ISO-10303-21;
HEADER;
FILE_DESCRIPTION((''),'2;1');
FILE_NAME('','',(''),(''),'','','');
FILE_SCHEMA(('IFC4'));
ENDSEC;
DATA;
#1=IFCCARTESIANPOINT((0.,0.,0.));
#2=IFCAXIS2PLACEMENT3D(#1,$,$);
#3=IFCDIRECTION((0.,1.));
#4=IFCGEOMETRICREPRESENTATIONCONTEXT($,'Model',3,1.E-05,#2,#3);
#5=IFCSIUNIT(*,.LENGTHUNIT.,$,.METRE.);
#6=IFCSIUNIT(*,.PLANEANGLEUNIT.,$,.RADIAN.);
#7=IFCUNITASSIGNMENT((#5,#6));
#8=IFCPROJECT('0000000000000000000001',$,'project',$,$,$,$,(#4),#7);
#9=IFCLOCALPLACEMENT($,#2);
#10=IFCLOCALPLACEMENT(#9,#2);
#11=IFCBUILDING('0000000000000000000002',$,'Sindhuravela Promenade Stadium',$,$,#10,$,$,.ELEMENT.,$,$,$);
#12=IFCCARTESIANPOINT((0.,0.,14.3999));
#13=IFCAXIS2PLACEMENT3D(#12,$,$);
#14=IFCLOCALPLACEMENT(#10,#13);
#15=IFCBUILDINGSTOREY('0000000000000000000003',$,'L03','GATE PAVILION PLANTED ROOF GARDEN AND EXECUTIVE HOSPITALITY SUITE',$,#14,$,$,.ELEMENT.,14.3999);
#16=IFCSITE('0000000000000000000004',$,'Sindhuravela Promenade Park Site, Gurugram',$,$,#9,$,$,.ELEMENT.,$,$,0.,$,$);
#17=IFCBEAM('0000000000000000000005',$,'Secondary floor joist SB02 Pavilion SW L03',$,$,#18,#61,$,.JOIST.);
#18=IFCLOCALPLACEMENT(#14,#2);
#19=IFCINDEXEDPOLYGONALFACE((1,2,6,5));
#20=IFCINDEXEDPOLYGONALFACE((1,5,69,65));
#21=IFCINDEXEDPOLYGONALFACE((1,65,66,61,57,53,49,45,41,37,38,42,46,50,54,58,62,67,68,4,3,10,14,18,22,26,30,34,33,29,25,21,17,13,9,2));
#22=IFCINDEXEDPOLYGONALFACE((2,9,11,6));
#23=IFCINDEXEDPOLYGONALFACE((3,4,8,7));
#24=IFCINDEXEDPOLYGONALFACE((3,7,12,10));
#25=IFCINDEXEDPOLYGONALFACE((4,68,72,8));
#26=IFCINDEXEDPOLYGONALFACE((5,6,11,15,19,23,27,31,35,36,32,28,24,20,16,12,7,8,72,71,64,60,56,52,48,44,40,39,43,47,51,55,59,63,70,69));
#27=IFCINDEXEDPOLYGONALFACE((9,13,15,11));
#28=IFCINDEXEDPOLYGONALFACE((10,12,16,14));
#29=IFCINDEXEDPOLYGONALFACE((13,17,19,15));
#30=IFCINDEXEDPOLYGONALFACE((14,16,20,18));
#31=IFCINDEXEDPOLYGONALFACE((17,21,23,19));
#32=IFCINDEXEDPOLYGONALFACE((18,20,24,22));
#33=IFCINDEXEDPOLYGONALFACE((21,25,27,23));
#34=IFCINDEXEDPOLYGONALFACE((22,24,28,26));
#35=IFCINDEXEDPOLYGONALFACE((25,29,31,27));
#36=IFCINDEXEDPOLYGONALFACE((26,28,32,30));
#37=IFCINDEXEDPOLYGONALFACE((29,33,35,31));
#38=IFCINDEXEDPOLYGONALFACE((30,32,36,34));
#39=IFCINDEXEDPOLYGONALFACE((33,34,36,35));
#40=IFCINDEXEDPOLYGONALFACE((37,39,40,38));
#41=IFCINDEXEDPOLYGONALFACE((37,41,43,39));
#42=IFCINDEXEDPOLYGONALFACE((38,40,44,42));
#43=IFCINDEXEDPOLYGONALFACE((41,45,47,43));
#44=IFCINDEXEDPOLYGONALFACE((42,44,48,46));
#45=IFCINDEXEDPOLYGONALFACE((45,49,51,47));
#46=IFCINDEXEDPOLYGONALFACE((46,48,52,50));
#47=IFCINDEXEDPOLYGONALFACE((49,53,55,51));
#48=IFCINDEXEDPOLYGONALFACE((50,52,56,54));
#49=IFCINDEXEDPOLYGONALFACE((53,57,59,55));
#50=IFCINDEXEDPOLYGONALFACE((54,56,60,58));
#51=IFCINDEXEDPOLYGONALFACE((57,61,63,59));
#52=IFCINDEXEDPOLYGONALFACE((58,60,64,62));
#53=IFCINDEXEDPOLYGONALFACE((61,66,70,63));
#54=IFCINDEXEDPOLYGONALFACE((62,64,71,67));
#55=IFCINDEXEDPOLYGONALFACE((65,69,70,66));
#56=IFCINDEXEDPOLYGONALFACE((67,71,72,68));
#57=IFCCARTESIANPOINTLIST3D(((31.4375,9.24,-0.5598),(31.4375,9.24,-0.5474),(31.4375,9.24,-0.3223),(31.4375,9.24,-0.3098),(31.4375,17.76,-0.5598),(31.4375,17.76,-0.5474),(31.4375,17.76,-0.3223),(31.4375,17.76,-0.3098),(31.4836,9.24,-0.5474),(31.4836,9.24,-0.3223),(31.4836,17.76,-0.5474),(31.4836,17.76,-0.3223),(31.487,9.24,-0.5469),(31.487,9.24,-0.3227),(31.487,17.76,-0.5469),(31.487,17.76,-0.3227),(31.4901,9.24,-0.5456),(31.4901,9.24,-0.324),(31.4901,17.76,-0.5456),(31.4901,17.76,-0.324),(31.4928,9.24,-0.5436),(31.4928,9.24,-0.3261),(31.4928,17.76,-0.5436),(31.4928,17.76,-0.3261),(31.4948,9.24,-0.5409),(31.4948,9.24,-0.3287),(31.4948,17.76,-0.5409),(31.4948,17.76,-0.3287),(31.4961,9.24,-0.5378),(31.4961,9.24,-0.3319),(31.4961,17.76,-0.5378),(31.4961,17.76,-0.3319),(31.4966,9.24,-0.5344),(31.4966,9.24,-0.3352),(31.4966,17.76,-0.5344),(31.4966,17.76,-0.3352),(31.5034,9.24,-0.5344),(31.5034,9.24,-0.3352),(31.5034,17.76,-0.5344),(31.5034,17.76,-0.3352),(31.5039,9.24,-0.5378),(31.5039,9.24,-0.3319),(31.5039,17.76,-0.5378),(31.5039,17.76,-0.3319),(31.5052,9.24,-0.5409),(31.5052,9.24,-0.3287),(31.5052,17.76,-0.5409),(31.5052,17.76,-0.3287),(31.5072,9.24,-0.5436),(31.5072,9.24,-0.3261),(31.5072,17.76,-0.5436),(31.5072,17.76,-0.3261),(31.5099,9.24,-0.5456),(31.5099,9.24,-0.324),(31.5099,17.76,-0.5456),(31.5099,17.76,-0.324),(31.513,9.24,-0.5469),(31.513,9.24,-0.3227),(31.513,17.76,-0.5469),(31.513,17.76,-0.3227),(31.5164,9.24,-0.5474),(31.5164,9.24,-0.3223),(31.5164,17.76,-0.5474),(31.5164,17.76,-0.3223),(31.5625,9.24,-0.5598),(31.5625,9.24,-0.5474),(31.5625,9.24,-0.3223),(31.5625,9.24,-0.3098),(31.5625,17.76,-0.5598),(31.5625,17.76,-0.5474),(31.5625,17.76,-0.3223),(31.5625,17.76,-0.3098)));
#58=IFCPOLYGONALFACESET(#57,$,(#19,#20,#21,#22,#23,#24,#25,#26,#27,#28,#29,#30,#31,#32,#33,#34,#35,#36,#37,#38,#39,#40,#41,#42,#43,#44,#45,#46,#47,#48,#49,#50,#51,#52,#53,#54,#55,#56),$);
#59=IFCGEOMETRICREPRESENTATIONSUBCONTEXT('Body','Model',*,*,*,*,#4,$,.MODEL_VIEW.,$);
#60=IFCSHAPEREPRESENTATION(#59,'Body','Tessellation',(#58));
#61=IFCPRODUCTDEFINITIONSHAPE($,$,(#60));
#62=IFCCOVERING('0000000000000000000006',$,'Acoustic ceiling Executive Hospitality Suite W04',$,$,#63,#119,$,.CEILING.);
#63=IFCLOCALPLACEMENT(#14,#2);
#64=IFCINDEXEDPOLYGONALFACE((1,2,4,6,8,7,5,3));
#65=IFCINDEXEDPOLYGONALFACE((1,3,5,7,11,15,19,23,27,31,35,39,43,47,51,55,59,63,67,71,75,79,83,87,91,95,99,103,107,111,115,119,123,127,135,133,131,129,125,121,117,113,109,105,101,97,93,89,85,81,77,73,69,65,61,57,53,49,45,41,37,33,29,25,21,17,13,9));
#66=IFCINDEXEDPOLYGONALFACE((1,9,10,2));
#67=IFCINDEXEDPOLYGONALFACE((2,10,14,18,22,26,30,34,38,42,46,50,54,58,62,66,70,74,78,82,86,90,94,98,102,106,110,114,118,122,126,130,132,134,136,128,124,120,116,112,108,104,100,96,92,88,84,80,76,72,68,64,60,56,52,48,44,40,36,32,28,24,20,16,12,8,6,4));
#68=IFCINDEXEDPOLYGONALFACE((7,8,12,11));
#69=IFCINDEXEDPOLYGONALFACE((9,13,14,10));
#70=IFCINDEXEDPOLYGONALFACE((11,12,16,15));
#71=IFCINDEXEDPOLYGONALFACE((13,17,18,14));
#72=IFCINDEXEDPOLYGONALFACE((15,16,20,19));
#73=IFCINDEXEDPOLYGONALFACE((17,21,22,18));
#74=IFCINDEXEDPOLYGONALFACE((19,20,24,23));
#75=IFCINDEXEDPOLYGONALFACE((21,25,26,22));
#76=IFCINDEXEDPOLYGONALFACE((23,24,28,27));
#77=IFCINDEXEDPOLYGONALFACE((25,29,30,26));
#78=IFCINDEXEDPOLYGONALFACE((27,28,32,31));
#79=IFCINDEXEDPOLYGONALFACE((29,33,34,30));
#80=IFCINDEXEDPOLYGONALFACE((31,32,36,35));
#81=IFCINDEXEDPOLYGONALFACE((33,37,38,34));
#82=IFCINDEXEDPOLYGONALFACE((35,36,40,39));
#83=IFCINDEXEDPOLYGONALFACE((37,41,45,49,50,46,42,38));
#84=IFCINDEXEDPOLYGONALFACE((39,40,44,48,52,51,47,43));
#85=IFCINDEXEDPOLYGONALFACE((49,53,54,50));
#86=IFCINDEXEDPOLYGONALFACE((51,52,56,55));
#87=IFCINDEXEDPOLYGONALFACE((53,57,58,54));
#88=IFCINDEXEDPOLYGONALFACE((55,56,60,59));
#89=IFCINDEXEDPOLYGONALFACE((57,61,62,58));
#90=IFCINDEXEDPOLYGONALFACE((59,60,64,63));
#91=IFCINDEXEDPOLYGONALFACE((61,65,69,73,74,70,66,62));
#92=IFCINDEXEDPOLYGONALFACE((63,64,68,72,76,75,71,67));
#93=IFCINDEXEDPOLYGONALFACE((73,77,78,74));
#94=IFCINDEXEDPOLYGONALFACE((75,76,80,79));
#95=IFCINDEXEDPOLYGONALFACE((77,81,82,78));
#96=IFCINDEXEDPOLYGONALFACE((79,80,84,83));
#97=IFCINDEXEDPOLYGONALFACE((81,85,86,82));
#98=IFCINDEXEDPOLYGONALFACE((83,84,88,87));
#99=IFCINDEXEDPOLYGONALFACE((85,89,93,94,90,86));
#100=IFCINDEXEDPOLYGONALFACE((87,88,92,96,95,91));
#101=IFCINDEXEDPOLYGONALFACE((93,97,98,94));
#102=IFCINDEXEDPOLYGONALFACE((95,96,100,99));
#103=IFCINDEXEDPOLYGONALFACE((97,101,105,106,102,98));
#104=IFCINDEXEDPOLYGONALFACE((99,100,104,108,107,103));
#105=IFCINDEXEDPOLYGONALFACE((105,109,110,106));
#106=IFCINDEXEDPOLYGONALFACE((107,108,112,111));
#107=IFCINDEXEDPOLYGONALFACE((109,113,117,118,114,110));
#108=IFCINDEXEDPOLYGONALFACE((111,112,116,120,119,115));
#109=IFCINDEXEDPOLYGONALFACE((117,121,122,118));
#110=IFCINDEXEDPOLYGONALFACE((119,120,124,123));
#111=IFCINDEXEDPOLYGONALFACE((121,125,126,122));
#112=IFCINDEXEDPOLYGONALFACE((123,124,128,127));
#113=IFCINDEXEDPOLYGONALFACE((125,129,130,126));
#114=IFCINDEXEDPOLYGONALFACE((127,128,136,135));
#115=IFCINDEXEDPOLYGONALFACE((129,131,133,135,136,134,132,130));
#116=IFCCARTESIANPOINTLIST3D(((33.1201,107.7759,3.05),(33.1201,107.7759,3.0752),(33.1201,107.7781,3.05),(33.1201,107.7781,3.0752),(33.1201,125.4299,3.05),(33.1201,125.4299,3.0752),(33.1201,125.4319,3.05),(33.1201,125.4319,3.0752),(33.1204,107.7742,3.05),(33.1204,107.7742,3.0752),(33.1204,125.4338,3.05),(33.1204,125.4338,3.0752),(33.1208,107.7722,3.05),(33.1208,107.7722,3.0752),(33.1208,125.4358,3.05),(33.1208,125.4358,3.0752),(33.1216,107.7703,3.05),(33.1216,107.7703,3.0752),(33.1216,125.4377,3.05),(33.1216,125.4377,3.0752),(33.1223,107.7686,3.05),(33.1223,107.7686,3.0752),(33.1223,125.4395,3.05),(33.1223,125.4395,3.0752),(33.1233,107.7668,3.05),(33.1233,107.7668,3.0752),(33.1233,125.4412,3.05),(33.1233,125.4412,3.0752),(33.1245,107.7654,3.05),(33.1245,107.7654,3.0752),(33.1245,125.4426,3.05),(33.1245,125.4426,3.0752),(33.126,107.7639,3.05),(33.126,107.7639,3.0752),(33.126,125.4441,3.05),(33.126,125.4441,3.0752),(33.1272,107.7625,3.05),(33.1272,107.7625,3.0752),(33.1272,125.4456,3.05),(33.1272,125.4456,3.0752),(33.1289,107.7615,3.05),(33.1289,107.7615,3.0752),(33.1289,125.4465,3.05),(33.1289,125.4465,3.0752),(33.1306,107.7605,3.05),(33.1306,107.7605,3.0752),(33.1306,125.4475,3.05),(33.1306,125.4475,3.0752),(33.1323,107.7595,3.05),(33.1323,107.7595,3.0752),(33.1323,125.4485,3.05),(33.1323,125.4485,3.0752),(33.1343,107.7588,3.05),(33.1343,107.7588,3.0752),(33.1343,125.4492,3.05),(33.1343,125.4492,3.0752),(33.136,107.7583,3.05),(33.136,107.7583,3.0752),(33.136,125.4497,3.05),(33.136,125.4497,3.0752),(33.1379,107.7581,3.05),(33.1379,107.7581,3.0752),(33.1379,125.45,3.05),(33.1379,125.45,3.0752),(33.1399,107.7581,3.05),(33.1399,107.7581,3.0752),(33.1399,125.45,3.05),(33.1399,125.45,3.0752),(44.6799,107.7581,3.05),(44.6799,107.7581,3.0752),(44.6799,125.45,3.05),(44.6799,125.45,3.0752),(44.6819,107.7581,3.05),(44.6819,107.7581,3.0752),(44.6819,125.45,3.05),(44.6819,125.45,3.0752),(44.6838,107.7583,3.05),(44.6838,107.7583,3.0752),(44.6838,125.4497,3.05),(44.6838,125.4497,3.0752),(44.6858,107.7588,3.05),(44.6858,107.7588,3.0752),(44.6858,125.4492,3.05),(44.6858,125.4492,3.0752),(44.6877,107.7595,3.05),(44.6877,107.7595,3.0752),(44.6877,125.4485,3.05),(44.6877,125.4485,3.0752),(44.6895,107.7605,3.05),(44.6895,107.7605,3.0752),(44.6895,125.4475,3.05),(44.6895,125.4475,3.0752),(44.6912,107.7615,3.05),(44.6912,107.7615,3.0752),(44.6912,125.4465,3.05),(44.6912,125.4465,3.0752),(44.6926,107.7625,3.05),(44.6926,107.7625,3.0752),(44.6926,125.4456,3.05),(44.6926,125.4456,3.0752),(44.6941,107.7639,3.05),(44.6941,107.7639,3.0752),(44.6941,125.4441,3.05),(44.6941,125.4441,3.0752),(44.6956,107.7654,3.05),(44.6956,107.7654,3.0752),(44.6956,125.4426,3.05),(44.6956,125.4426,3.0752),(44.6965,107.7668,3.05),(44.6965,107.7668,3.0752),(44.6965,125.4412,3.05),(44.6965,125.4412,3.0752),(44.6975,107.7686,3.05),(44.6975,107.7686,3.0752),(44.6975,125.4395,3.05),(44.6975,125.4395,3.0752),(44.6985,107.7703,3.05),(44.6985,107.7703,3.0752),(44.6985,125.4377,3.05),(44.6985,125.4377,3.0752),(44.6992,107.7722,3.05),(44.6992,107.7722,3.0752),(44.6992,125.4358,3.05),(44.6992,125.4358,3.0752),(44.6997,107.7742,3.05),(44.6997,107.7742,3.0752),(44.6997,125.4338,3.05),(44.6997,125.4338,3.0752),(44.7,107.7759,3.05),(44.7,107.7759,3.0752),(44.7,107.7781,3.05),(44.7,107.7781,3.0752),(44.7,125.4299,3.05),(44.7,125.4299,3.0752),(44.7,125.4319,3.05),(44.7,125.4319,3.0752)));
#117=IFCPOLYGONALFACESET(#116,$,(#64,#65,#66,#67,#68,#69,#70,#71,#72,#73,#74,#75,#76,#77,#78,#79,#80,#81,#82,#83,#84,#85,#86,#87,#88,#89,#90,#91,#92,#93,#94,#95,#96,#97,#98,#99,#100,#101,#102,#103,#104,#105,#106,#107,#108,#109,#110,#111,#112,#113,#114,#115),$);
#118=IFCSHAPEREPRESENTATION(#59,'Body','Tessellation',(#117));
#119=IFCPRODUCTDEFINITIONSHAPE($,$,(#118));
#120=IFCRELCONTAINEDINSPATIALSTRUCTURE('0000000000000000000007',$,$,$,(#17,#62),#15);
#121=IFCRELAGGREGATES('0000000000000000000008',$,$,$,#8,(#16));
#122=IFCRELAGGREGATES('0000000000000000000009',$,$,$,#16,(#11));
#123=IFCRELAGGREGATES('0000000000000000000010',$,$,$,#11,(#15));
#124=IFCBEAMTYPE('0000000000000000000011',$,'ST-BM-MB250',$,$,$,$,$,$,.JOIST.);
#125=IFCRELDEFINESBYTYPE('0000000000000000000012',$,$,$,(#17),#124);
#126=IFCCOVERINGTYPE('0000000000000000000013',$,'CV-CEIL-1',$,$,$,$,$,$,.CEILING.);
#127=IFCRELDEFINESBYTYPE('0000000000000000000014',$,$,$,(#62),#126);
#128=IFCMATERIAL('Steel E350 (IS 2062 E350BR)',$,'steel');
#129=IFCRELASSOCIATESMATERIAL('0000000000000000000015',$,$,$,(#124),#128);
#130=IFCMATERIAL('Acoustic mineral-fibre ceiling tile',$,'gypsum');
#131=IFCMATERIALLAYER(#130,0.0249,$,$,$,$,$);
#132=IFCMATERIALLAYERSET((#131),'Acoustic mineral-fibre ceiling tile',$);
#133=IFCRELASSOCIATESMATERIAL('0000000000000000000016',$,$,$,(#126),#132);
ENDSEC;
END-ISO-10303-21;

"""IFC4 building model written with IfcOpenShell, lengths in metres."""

from ifc_helpers import new_model, si_unit, direction, frame, origin, origin_2d, place, context, subcontext, project, spatial, polyline, i_section, outline, extrude, material, layer, layer_set, material_profile, profile_set, type_object, element, save


model = new_model("IFC4")

# Units and contexts
model_context = context("Model", 3, precision=1e-05, world=origin(), true_north=direction((0.0, 1.0)))
body_context = subcontext(model_context, "Body", "Model", "MODEL_VIEW")
ifc_project = project(units=[si_unit("LENGTHUNIT", "METRE"), si_unit("PLANEANGLEUNIT", "RADIAN")], contexts=[model_context])

# Site, building, storey
site_placement = place(None, origin())
site = spatial("IfcSite", under=ifc_project, at=site_placement, Name="Sindhuravela Promenade Park Site, Gurugram", CompositionType="ELEMENT", RefElevation=0.0)
building_placement = place(site_placement, origin())
building = spatial("IfcBuilding", under=site, at=building_placement, Name="Sindhuravela Promenade Stadium", CompositionType="ELEMENT")
storey_placement = place(building_placement, frame((0.0, 0.0, 14.3999)))
storey = spatial("IfcBuildingStorey", under=building, at=storey_placement, Name="L03", Description="GATE PAVILION PLANTED ROOF GARDEN AND EXECUTIVE HOSPITALITY SUITE", CompositionType="ELEMENT", Elevation=14.3999)

# Beam
ifc_material_1 = material(Name="Steel E350 (IS 2062 E350BR)", Category="steel")
ifc_material_profile_1 = material_profile(ifc_material_1, i_section(OverallWidth=0.125, OverallDepth=0.25, WebThickness=0.0068, FlangeThickness=0.0125, FilletRadius=0.0129, at=origin_2d()), Name="ISMB 250")
ifc_profile_set_1 = profile_set([ifc_material_profile_1], Name="Steel E350 (IS 2062 E350BR)")
beam_type_1 = type_object("IfcBeamType", Name="ST-BM-MB250", PredefinedType="JOIST", material=ifc_profile_set_1)
beam_1_placement = place(storey_placement, frame((31.5, 9.24, -0.4348), z_axis=(0.0, 1.0, 0.0), x_axis=(-1.0, 0.0, 0.0)))
element("IfcBeam", 1, at=beam_1_placement, inside=storey, type_object=beam_type_1, Name="Secondary floor joist SB02 Pavilion SW L03", PredefinedType="JOIST", context=body_context, shape_type="SweptSolid", body=[
    extrude(i_section(OverallWidth=0.125, OverallDepth=0.25, WebThickness=0.0068, FlangeThickness=0.0125, FilletRadius=0.0129, at=origin_2d()), origin(), (0.0, 0.0, 1.0), 8.52),
])

# Covering
ifc_material_2 = material(Name="Acoustic mineral-fibre ceiling tile", Category="gypsum")
ifc_layer_1 = layer(ifc_material_2, 0.0249)
ifc_layer_set_1 = layer_set([ifc_layer_1], Name="Acoustic mineral-fibre ceiling tile")
covering_type_1 = type_object("IfcCoveringType", Name="CV-CEIL-1", PredefinedType="CEILING", material=ifc_layer_set_1)
covering_1_placement = place(storey_placement, frame((0.0, 0.0, 3.05)))
element("IfcCovering", 2, at=covering_1_placement, inside=storey, type_object=covering_type_1, Name="Acoustic ceiling Executive Hospitality Suite W04", PredefinedType="CEILING", context=body_context, shape_type="SweptSolid", body=[
    extrude(outline(polyline([(44.7, 107.7781), (44.7, 107.7759), (44.6997, 107.7742), (44.6992, 107.7722), (44.6985, 107.7703), (44.6975, 107.7686), (44.6965, 107.7668), (44.6956, 107.7654), (44.6941, 107.7639), (44.6926, 107.7625), (44.6912, 107.7615), (44.6895, 107.7605), (44.6877, 107.7595), (44.6858, 107.7588), (44.6838, 107.7583), (44.6819, 107.7581), (44.6799, 107.7581), (33.1399, 107.7581), (33.1379, 107.7581), (33.136, 107.7583), (33.1343, 107.7588), (33.1323, 107.7595), (33.1306, 107.7605), (33.1289, 107.7615), (33.1272, 107.7625), (33.126, 107.7639), (33.1245, 107.7654), (33.1233, 107.7668), (33.1223, 107.7686), (33.1216, 107.7703), (33.1208, 107.7722), (33.1204, 107.7742), (33.1201, 107.7759), (33.1201, 107.7781), (33.1201, 125.4299), (33.1201, 125.4319), (33.1204, 125.4338), (33.1208, 125.4358), (33.1216, 125.4377), (33.1223, 125.4395), (33.1233, 125.4412), (33.1245, 125.4426), (33.126, 125.4441), (33.1272, 125.4456), (33.1289, 125.4465), (33.1306, 125.4475), (33.1323, 125.4485), (33.1343, 125.4492), (33.136, 125.4497), (33.1379, 125.45), (33.1399, 125.45), (44.6799, 125.45), (44.6819, 125.45), (44.6838, 125.4497), (44.6858, 125.4492), (44.6877, 125.4485), (44.6895, 125.4475), (44.6912, 125.4465), (44.6926, 125.4456), (44.6941, 125.4441), (44.6956, 125.4426), (44.6965, 125.4412), (44.6975, 125.4395), (44.6985, 125.4377), (44.6992, 125.4358), (44.6997, 125.4338), (44.7, 125.4319), (44.7, 125.4299), (44.7, 107.7781)])), origin(), (0.0, 0.0, 1.0), 0.0251),
])

save(model, "model.ifc")
